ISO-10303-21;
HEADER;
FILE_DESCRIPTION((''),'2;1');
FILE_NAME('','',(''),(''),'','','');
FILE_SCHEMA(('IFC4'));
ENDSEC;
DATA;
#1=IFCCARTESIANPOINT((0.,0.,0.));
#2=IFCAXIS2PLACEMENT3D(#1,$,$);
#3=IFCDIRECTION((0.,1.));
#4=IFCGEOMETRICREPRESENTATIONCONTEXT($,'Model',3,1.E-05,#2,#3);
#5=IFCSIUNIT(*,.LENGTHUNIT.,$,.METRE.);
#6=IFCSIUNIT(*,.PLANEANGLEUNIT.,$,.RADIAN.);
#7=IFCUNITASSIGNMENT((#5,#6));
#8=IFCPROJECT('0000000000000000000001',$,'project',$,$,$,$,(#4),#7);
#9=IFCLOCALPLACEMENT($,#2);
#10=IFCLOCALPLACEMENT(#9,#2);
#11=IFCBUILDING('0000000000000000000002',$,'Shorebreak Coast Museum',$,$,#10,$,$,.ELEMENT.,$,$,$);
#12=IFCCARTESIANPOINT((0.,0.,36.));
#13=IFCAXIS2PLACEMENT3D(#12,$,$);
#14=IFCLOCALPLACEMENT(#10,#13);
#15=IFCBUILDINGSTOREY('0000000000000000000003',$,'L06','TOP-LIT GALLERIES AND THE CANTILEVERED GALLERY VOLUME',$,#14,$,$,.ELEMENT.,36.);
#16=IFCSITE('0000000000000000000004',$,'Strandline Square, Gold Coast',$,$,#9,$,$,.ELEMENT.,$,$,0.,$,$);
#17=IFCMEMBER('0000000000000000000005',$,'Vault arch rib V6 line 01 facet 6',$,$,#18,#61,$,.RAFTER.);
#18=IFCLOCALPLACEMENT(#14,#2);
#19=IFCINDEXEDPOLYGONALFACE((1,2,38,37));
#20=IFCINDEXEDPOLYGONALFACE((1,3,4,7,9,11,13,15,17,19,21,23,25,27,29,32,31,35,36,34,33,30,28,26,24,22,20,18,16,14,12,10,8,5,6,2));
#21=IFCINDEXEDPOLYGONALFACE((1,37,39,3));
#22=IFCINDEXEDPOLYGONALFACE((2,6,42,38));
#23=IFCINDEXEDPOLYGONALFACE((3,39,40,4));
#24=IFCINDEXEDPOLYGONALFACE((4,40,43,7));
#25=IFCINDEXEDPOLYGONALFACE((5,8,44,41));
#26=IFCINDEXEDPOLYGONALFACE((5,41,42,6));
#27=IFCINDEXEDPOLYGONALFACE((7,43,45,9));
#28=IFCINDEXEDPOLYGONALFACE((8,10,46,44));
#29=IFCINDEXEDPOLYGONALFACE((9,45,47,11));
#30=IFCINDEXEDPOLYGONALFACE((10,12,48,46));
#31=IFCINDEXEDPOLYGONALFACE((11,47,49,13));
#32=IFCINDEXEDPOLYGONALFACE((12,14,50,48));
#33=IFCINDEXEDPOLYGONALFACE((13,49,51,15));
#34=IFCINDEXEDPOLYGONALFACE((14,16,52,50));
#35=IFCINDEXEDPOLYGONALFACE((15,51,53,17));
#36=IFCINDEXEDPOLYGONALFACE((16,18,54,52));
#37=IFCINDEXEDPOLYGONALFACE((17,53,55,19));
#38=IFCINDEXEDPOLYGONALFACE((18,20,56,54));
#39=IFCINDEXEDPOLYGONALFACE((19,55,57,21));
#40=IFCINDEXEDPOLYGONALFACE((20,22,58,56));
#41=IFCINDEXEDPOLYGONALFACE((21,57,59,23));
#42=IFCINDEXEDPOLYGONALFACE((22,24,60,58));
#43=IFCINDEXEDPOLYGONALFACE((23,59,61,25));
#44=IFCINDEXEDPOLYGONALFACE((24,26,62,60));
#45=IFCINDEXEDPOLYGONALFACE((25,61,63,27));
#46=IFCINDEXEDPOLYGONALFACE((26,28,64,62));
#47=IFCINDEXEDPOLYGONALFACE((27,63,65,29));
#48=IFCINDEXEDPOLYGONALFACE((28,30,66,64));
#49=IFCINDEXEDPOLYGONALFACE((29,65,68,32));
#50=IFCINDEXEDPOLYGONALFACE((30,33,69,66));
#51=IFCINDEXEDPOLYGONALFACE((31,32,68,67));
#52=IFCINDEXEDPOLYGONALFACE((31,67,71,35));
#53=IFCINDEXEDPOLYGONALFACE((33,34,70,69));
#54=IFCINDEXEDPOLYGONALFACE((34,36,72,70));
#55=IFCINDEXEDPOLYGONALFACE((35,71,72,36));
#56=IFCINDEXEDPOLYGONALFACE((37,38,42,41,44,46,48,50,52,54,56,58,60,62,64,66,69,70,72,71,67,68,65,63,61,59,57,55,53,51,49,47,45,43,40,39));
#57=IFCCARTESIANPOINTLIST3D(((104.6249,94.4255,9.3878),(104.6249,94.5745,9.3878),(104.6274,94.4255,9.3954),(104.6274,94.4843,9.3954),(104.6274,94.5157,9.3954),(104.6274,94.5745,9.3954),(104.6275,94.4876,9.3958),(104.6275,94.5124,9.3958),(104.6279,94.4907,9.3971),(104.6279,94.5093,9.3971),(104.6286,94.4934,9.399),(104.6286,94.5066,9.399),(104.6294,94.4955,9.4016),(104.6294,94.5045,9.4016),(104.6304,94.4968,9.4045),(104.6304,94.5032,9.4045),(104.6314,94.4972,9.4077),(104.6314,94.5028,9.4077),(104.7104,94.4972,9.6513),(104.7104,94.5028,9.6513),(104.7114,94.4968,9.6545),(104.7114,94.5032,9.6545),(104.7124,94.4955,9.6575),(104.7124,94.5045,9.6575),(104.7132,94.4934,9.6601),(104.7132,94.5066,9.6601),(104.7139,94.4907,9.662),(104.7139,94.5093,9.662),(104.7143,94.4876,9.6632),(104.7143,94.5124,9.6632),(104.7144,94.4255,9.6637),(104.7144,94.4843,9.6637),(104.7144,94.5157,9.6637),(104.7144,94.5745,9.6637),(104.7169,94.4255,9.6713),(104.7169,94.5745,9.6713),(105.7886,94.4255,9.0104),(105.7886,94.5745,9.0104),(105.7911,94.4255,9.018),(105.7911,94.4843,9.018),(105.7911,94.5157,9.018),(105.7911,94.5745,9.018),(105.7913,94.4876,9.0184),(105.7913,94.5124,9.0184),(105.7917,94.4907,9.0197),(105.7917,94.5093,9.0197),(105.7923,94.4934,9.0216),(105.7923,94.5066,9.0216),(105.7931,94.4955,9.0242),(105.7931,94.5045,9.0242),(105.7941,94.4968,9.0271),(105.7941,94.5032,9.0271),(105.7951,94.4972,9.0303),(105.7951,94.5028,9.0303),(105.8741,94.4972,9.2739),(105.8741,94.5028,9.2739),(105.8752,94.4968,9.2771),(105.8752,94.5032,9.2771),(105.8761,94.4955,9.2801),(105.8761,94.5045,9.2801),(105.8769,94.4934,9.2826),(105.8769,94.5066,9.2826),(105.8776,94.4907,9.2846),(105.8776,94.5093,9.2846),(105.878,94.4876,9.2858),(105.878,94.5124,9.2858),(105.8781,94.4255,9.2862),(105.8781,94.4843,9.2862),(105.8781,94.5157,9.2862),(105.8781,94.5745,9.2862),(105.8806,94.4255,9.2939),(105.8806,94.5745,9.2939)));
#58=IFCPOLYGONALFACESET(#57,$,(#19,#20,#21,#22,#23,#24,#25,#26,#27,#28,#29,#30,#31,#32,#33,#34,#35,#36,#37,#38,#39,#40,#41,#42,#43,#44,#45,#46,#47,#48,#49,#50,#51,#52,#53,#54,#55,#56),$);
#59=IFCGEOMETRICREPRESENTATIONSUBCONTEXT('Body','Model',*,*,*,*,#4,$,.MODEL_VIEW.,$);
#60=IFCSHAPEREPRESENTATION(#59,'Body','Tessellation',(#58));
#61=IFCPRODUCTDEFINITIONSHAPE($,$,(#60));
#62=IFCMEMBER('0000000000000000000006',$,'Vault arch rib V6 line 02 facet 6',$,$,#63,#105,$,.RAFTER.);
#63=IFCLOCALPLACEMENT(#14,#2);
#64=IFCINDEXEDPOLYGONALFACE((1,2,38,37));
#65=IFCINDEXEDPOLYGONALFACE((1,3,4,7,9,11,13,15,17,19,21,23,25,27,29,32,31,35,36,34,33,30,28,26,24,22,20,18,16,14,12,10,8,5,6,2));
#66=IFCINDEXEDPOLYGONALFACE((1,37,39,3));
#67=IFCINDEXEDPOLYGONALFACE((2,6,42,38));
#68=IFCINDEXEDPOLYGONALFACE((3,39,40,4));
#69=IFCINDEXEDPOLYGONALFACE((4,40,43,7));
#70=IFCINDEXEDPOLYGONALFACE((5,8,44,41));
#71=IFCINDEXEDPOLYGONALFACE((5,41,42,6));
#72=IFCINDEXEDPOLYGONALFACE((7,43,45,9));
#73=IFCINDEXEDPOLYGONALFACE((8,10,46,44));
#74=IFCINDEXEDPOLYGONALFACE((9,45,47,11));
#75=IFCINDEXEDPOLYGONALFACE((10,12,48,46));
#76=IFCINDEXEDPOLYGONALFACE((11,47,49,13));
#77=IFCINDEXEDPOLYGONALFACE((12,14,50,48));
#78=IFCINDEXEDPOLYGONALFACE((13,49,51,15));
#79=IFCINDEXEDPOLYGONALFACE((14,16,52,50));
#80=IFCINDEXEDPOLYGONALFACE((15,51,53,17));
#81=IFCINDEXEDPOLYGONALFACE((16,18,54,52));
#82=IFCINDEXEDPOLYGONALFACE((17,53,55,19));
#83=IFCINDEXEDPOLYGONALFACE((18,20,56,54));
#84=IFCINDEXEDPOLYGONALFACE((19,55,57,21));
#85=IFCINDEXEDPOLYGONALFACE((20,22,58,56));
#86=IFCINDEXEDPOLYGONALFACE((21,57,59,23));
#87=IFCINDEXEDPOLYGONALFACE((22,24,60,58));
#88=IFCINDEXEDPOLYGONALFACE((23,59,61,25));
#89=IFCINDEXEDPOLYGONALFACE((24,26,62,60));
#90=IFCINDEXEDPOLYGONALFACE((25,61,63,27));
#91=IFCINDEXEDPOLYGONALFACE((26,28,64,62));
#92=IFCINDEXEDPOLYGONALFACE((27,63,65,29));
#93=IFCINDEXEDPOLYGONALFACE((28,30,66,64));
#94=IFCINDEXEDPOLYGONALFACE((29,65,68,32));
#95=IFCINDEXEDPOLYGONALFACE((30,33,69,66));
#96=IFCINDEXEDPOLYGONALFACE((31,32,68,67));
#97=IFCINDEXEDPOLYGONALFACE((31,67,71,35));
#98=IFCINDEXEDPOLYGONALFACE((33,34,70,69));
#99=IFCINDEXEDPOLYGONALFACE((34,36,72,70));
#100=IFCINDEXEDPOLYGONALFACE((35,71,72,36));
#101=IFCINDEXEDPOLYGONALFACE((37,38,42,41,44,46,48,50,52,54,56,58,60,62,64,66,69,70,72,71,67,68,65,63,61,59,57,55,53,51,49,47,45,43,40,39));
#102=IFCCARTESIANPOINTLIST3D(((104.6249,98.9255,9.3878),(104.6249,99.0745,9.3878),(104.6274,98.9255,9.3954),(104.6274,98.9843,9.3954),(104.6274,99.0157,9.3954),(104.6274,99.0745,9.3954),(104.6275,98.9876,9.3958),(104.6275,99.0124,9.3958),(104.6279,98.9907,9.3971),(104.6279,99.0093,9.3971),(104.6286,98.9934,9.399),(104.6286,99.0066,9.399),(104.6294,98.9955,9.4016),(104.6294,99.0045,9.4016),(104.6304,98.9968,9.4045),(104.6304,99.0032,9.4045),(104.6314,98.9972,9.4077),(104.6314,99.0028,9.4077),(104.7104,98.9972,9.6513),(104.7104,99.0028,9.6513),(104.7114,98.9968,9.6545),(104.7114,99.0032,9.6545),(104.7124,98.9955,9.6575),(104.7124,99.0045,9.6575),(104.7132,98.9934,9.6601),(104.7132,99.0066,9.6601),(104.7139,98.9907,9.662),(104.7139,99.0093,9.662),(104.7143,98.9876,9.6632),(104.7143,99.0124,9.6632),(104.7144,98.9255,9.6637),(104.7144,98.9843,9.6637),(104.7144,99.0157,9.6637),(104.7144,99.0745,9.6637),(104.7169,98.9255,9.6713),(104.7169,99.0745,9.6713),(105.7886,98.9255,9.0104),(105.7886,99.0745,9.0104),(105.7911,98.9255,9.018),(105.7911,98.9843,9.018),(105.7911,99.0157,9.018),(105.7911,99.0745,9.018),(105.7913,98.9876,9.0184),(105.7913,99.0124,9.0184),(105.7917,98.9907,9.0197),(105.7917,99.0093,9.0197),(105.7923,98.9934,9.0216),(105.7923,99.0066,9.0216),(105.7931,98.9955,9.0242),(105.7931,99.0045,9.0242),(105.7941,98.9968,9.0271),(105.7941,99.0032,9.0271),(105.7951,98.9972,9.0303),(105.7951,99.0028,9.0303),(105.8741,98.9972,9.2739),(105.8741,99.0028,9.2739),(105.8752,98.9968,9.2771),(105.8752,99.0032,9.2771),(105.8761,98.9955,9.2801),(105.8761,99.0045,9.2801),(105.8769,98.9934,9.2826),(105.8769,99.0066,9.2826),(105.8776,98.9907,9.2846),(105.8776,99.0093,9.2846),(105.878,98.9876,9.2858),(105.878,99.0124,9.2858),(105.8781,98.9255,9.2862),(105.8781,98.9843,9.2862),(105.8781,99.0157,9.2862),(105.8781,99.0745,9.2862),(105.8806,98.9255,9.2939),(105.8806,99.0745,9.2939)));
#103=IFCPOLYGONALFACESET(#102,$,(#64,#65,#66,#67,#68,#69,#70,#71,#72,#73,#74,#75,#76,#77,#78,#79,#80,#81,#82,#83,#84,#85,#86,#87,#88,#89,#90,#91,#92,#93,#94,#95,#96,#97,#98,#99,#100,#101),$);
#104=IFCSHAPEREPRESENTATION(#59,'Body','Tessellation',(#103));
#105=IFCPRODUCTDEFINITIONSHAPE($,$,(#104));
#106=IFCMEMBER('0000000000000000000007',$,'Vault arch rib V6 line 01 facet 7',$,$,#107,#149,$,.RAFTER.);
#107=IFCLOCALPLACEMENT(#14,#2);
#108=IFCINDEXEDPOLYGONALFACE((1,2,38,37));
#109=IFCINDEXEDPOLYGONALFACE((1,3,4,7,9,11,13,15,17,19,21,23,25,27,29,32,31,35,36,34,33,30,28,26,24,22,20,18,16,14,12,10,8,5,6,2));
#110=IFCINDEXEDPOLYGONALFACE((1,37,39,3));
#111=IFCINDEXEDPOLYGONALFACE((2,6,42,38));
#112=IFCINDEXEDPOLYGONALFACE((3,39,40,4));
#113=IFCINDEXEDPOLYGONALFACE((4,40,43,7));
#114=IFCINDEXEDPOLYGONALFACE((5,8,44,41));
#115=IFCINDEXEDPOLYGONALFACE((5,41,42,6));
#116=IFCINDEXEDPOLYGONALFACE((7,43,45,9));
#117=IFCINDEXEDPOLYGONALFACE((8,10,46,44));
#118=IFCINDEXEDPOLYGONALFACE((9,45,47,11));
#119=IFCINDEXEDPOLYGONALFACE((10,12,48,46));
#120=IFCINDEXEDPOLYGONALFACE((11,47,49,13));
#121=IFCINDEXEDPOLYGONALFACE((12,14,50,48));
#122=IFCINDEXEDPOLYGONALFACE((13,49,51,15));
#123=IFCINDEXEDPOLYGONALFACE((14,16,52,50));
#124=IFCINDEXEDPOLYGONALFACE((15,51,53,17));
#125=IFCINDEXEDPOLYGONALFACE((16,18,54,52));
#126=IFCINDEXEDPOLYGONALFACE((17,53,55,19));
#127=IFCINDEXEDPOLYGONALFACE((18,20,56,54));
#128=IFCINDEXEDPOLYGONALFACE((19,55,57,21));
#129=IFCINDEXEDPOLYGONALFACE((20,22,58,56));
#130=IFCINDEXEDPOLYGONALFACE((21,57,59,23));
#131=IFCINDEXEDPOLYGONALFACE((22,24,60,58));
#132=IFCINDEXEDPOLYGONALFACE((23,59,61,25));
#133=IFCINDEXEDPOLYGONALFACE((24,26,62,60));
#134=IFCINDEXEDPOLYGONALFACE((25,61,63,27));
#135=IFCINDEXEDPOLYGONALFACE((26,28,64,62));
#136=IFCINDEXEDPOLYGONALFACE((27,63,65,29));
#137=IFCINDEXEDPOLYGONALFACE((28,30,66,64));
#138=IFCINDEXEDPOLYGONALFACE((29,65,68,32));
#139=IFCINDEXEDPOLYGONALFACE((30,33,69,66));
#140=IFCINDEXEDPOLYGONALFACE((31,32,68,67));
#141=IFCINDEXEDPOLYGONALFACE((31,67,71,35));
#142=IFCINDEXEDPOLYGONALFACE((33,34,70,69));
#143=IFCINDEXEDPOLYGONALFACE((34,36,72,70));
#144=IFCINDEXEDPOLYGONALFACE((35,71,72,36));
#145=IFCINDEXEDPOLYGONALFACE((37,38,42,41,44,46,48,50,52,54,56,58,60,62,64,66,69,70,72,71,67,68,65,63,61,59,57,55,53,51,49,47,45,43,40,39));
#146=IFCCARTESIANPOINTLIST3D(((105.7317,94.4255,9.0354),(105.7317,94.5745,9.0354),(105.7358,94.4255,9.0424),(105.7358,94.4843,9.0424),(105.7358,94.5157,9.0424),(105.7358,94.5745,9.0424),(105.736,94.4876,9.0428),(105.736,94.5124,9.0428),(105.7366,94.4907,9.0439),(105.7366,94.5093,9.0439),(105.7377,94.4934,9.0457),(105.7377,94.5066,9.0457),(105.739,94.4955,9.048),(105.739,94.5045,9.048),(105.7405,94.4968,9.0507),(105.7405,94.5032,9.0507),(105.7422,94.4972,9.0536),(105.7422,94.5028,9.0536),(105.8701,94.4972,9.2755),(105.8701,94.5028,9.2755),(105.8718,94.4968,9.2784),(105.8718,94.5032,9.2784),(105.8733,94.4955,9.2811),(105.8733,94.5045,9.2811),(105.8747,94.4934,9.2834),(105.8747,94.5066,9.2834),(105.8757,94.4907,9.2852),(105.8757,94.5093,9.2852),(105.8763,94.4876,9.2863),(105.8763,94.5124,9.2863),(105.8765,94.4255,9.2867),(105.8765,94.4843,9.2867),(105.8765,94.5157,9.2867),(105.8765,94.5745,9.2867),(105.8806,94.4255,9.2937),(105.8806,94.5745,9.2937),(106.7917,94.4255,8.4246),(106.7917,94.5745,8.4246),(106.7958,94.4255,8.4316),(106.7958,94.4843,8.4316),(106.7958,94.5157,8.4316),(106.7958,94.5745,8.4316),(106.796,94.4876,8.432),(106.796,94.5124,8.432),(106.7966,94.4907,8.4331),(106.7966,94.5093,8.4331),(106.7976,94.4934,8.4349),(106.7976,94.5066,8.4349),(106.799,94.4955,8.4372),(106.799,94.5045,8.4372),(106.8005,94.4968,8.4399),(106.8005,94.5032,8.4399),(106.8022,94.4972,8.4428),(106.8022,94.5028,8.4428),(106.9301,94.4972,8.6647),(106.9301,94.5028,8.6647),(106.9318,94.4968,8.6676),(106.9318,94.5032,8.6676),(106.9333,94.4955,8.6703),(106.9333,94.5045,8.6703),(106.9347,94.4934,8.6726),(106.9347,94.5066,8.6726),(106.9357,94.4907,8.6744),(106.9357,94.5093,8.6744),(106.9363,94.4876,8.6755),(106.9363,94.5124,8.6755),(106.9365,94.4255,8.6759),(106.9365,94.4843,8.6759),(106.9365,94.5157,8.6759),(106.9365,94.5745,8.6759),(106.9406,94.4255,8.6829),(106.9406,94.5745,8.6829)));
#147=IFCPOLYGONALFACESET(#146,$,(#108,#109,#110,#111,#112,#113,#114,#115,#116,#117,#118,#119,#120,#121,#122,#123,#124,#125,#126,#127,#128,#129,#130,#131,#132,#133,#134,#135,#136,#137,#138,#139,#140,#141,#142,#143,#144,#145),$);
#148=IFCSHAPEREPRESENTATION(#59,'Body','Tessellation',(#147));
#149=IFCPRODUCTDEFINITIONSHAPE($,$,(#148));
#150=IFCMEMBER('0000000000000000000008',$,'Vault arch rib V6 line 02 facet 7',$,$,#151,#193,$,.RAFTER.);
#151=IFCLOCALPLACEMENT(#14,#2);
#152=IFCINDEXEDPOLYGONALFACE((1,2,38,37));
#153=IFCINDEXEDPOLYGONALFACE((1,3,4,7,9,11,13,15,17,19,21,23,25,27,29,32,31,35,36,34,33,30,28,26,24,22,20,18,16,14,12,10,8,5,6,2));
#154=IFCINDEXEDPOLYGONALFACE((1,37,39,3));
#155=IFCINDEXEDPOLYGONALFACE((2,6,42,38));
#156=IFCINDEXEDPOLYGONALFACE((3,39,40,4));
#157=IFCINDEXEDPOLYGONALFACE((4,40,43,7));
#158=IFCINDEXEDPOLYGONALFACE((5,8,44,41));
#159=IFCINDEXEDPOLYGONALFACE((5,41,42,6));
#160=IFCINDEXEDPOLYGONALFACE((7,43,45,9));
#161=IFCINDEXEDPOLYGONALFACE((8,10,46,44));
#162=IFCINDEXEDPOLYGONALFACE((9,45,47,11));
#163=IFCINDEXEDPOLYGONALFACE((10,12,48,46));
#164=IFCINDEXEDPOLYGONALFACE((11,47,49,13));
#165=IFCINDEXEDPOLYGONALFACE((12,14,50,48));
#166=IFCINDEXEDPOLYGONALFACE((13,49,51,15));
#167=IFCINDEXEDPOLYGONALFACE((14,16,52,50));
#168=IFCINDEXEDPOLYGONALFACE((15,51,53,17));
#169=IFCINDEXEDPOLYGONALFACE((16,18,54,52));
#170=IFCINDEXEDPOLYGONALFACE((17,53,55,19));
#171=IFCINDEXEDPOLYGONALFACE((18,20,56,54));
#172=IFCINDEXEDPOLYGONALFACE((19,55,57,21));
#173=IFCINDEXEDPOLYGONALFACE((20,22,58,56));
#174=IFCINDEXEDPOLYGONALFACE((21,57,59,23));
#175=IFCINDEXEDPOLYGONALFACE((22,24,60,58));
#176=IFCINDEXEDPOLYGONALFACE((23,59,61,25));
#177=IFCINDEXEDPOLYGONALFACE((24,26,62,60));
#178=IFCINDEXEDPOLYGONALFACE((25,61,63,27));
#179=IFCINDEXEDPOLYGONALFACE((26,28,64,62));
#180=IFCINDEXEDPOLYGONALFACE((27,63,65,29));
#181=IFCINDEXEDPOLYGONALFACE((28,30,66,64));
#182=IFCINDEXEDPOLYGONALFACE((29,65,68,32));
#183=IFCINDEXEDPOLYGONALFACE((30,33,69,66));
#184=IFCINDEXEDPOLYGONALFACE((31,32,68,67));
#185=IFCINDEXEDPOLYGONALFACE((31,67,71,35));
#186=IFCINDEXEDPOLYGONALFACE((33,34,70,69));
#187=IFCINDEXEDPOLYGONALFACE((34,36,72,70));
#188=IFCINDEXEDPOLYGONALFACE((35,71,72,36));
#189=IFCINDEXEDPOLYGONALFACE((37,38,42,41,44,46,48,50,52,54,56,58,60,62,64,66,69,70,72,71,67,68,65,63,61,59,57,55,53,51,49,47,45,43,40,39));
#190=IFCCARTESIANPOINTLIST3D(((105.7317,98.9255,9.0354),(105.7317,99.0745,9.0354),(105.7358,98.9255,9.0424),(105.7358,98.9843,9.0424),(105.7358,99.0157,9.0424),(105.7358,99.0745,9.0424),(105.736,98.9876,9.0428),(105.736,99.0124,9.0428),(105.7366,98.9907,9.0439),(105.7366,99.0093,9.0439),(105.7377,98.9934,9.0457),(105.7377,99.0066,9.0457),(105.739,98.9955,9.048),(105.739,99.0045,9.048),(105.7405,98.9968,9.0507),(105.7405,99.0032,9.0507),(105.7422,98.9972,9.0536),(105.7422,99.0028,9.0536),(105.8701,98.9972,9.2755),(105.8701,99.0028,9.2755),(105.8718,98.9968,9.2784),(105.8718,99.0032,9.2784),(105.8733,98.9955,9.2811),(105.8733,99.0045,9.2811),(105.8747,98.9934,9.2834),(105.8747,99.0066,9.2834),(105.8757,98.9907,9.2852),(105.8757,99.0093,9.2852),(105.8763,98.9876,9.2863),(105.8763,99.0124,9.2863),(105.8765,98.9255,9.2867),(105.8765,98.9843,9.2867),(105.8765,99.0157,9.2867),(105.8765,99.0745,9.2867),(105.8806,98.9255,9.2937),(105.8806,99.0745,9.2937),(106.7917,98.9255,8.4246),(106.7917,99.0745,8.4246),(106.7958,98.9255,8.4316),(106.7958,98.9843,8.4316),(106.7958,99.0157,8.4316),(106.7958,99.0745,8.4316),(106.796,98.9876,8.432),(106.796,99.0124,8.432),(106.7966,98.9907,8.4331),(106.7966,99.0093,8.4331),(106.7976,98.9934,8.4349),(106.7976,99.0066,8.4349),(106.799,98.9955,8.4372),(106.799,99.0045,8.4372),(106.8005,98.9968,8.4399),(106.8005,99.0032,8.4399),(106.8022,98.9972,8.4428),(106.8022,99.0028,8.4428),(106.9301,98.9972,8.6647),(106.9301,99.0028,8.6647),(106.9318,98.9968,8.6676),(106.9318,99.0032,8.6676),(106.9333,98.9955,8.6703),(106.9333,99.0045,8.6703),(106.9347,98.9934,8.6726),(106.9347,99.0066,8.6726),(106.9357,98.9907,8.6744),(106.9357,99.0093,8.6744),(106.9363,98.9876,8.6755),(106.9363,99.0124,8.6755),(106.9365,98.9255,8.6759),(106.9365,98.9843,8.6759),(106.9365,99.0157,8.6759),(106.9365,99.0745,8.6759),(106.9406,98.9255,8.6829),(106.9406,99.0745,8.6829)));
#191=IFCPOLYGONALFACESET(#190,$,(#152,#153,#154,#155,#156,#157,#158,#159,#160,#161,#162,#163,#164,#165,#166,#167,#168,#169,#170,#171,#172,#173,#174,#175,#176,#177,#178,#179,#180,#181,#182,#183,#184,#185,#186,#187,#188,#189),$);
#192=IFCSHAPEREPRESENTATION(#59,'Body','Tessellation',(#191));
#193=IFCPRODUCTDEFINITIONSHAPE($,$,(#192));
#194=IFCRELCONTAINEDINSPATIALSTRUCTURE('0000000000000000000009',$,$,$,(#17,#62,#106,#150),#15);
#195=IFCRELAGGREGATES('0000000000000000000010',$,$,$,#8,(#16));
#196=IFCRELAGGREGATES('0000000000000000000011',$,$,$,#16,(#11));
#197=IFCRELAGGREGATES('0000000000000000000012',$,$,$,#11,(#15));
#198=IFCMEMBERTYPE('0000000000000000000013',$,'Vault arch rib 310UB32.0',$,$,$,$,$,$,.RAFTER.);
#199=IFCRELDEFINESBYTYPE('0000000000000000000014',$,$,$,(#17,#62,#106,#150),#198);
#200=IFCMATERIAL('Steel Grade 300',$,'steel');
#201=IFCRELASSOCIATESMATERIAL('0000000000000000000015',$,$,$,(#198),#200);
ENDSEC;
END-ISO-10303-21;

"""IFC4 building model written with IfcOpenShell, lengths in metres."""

from ifc_helpers import new_model, si_unit, direction, frame, origin, origin_2d, place, context, subcontext, project, spatial, i_section, extrude, material, material_profile, profile_set, type_object, element, save


model = new_model("IFC4")

# Units and contexts
model_context = context("Model", 3, precision=1e-05, world=origin(), true_north=direction((0.0, 1.0)))
body_context = subcontext(model_context, "Body", "Model", "MODEL_VIEW")
ifc_project = project(units=[si_unit("LENGTHUNIT", "METRE"), si_unit("PLANEANGLEUNIT", "RADIAN")], contexts=[model_context])

# Site, building, storey
site_placement = place(None, origin())
site = spatial("IfcSite", under=ifc_project, at=site_placement, Name="Strandline Square, Gold Coast", CompositionType="ELEMENT", RefElevation=0.0)
building_placement = place(site_placement, origin())
building = spatial("IfcBuilding", under=site, at=building_placement, Name="Shorebreak Coast Museum", CompositionType="ELEMENT")
storey_placement = place(building_placement, frame((0.0, 0.0, 36.0)))
storey = spatial("IfcBuildingStorey", under=building, at=storey_placement, Name="L06", Description="TOP-LIT GALLERIES AND THE CANTILEVERED GALLERY VOLUME", CompositionType="ELEMENT", Elevation=36.0)

# Members
ifc_material_1 = material(Name="Steel Grade 300", Category="steel")
ifc_material_profile_1 = material_profile(ifc_material_1, i_section(OverallWidth=0.1489, OverallDepth=0.2981, WebThickness=0.0056, FlangeThickness=0.0081, FilletRadius=0.0129, at=origin_2d()), Name="310UB32.0")
ifc_profile_set_1 = profile_set([ifc_material_profile_1], Name="Steel Grade 300")
member_type_1 = type_object("IfcMemberType", Name="Vault arch rib 310UB32.0", PredefinedType="RAFTER", material=ifc_profile_set_1)
for number, where, z_axis, x_axis, name in (
    (1, (104.6709, 94.5, 9.5295), (0.951226, 0.0, -0.308495), (0.0, 1.0, 0.0), "Vault arch rib V6 line 01 facet 6"),
    (2, (104.6709, 99.0, 9.5295), (0.951226, 0.0, -0.308495), (0.0, 1.0, 0.0), "Vault arch rib V6 line 02 facet 6"),
    (3, (105.8062, 94.5, 9.1646), (0.866445, 0.0, -0.499273), (0.0, 1.0, 0.0), "Vault arch rib V6 line 01 facet 7"),
    (4, (105.8062, 99.0, 9.1646), (0.866445, 0.0, -0.499273), (0.0, 1.0, 0.0), "Vault arch rib V6 line 02 facet 7"),
):
    element("IfcMember", number, at=place(storey_placement, frame(where, z_axis=z_axis, x_axis=x_axis)), inside=storey, type_object=member_type_1, Name=name, PredefinedType="RAFTER", context=body_context, shape_type="SweptSolid", body=[
        extrude(i_section(OverallWidth=0.1489, OverallDepth=0.2981, WebThickness=0.0056, FlangeThickness=0.0081, FilletRadius=0.0129, at=origin_2d()), origin(), (0.0, 0.0, 1.0), 1.2234),
    ])

save(model, "model.ifc")
